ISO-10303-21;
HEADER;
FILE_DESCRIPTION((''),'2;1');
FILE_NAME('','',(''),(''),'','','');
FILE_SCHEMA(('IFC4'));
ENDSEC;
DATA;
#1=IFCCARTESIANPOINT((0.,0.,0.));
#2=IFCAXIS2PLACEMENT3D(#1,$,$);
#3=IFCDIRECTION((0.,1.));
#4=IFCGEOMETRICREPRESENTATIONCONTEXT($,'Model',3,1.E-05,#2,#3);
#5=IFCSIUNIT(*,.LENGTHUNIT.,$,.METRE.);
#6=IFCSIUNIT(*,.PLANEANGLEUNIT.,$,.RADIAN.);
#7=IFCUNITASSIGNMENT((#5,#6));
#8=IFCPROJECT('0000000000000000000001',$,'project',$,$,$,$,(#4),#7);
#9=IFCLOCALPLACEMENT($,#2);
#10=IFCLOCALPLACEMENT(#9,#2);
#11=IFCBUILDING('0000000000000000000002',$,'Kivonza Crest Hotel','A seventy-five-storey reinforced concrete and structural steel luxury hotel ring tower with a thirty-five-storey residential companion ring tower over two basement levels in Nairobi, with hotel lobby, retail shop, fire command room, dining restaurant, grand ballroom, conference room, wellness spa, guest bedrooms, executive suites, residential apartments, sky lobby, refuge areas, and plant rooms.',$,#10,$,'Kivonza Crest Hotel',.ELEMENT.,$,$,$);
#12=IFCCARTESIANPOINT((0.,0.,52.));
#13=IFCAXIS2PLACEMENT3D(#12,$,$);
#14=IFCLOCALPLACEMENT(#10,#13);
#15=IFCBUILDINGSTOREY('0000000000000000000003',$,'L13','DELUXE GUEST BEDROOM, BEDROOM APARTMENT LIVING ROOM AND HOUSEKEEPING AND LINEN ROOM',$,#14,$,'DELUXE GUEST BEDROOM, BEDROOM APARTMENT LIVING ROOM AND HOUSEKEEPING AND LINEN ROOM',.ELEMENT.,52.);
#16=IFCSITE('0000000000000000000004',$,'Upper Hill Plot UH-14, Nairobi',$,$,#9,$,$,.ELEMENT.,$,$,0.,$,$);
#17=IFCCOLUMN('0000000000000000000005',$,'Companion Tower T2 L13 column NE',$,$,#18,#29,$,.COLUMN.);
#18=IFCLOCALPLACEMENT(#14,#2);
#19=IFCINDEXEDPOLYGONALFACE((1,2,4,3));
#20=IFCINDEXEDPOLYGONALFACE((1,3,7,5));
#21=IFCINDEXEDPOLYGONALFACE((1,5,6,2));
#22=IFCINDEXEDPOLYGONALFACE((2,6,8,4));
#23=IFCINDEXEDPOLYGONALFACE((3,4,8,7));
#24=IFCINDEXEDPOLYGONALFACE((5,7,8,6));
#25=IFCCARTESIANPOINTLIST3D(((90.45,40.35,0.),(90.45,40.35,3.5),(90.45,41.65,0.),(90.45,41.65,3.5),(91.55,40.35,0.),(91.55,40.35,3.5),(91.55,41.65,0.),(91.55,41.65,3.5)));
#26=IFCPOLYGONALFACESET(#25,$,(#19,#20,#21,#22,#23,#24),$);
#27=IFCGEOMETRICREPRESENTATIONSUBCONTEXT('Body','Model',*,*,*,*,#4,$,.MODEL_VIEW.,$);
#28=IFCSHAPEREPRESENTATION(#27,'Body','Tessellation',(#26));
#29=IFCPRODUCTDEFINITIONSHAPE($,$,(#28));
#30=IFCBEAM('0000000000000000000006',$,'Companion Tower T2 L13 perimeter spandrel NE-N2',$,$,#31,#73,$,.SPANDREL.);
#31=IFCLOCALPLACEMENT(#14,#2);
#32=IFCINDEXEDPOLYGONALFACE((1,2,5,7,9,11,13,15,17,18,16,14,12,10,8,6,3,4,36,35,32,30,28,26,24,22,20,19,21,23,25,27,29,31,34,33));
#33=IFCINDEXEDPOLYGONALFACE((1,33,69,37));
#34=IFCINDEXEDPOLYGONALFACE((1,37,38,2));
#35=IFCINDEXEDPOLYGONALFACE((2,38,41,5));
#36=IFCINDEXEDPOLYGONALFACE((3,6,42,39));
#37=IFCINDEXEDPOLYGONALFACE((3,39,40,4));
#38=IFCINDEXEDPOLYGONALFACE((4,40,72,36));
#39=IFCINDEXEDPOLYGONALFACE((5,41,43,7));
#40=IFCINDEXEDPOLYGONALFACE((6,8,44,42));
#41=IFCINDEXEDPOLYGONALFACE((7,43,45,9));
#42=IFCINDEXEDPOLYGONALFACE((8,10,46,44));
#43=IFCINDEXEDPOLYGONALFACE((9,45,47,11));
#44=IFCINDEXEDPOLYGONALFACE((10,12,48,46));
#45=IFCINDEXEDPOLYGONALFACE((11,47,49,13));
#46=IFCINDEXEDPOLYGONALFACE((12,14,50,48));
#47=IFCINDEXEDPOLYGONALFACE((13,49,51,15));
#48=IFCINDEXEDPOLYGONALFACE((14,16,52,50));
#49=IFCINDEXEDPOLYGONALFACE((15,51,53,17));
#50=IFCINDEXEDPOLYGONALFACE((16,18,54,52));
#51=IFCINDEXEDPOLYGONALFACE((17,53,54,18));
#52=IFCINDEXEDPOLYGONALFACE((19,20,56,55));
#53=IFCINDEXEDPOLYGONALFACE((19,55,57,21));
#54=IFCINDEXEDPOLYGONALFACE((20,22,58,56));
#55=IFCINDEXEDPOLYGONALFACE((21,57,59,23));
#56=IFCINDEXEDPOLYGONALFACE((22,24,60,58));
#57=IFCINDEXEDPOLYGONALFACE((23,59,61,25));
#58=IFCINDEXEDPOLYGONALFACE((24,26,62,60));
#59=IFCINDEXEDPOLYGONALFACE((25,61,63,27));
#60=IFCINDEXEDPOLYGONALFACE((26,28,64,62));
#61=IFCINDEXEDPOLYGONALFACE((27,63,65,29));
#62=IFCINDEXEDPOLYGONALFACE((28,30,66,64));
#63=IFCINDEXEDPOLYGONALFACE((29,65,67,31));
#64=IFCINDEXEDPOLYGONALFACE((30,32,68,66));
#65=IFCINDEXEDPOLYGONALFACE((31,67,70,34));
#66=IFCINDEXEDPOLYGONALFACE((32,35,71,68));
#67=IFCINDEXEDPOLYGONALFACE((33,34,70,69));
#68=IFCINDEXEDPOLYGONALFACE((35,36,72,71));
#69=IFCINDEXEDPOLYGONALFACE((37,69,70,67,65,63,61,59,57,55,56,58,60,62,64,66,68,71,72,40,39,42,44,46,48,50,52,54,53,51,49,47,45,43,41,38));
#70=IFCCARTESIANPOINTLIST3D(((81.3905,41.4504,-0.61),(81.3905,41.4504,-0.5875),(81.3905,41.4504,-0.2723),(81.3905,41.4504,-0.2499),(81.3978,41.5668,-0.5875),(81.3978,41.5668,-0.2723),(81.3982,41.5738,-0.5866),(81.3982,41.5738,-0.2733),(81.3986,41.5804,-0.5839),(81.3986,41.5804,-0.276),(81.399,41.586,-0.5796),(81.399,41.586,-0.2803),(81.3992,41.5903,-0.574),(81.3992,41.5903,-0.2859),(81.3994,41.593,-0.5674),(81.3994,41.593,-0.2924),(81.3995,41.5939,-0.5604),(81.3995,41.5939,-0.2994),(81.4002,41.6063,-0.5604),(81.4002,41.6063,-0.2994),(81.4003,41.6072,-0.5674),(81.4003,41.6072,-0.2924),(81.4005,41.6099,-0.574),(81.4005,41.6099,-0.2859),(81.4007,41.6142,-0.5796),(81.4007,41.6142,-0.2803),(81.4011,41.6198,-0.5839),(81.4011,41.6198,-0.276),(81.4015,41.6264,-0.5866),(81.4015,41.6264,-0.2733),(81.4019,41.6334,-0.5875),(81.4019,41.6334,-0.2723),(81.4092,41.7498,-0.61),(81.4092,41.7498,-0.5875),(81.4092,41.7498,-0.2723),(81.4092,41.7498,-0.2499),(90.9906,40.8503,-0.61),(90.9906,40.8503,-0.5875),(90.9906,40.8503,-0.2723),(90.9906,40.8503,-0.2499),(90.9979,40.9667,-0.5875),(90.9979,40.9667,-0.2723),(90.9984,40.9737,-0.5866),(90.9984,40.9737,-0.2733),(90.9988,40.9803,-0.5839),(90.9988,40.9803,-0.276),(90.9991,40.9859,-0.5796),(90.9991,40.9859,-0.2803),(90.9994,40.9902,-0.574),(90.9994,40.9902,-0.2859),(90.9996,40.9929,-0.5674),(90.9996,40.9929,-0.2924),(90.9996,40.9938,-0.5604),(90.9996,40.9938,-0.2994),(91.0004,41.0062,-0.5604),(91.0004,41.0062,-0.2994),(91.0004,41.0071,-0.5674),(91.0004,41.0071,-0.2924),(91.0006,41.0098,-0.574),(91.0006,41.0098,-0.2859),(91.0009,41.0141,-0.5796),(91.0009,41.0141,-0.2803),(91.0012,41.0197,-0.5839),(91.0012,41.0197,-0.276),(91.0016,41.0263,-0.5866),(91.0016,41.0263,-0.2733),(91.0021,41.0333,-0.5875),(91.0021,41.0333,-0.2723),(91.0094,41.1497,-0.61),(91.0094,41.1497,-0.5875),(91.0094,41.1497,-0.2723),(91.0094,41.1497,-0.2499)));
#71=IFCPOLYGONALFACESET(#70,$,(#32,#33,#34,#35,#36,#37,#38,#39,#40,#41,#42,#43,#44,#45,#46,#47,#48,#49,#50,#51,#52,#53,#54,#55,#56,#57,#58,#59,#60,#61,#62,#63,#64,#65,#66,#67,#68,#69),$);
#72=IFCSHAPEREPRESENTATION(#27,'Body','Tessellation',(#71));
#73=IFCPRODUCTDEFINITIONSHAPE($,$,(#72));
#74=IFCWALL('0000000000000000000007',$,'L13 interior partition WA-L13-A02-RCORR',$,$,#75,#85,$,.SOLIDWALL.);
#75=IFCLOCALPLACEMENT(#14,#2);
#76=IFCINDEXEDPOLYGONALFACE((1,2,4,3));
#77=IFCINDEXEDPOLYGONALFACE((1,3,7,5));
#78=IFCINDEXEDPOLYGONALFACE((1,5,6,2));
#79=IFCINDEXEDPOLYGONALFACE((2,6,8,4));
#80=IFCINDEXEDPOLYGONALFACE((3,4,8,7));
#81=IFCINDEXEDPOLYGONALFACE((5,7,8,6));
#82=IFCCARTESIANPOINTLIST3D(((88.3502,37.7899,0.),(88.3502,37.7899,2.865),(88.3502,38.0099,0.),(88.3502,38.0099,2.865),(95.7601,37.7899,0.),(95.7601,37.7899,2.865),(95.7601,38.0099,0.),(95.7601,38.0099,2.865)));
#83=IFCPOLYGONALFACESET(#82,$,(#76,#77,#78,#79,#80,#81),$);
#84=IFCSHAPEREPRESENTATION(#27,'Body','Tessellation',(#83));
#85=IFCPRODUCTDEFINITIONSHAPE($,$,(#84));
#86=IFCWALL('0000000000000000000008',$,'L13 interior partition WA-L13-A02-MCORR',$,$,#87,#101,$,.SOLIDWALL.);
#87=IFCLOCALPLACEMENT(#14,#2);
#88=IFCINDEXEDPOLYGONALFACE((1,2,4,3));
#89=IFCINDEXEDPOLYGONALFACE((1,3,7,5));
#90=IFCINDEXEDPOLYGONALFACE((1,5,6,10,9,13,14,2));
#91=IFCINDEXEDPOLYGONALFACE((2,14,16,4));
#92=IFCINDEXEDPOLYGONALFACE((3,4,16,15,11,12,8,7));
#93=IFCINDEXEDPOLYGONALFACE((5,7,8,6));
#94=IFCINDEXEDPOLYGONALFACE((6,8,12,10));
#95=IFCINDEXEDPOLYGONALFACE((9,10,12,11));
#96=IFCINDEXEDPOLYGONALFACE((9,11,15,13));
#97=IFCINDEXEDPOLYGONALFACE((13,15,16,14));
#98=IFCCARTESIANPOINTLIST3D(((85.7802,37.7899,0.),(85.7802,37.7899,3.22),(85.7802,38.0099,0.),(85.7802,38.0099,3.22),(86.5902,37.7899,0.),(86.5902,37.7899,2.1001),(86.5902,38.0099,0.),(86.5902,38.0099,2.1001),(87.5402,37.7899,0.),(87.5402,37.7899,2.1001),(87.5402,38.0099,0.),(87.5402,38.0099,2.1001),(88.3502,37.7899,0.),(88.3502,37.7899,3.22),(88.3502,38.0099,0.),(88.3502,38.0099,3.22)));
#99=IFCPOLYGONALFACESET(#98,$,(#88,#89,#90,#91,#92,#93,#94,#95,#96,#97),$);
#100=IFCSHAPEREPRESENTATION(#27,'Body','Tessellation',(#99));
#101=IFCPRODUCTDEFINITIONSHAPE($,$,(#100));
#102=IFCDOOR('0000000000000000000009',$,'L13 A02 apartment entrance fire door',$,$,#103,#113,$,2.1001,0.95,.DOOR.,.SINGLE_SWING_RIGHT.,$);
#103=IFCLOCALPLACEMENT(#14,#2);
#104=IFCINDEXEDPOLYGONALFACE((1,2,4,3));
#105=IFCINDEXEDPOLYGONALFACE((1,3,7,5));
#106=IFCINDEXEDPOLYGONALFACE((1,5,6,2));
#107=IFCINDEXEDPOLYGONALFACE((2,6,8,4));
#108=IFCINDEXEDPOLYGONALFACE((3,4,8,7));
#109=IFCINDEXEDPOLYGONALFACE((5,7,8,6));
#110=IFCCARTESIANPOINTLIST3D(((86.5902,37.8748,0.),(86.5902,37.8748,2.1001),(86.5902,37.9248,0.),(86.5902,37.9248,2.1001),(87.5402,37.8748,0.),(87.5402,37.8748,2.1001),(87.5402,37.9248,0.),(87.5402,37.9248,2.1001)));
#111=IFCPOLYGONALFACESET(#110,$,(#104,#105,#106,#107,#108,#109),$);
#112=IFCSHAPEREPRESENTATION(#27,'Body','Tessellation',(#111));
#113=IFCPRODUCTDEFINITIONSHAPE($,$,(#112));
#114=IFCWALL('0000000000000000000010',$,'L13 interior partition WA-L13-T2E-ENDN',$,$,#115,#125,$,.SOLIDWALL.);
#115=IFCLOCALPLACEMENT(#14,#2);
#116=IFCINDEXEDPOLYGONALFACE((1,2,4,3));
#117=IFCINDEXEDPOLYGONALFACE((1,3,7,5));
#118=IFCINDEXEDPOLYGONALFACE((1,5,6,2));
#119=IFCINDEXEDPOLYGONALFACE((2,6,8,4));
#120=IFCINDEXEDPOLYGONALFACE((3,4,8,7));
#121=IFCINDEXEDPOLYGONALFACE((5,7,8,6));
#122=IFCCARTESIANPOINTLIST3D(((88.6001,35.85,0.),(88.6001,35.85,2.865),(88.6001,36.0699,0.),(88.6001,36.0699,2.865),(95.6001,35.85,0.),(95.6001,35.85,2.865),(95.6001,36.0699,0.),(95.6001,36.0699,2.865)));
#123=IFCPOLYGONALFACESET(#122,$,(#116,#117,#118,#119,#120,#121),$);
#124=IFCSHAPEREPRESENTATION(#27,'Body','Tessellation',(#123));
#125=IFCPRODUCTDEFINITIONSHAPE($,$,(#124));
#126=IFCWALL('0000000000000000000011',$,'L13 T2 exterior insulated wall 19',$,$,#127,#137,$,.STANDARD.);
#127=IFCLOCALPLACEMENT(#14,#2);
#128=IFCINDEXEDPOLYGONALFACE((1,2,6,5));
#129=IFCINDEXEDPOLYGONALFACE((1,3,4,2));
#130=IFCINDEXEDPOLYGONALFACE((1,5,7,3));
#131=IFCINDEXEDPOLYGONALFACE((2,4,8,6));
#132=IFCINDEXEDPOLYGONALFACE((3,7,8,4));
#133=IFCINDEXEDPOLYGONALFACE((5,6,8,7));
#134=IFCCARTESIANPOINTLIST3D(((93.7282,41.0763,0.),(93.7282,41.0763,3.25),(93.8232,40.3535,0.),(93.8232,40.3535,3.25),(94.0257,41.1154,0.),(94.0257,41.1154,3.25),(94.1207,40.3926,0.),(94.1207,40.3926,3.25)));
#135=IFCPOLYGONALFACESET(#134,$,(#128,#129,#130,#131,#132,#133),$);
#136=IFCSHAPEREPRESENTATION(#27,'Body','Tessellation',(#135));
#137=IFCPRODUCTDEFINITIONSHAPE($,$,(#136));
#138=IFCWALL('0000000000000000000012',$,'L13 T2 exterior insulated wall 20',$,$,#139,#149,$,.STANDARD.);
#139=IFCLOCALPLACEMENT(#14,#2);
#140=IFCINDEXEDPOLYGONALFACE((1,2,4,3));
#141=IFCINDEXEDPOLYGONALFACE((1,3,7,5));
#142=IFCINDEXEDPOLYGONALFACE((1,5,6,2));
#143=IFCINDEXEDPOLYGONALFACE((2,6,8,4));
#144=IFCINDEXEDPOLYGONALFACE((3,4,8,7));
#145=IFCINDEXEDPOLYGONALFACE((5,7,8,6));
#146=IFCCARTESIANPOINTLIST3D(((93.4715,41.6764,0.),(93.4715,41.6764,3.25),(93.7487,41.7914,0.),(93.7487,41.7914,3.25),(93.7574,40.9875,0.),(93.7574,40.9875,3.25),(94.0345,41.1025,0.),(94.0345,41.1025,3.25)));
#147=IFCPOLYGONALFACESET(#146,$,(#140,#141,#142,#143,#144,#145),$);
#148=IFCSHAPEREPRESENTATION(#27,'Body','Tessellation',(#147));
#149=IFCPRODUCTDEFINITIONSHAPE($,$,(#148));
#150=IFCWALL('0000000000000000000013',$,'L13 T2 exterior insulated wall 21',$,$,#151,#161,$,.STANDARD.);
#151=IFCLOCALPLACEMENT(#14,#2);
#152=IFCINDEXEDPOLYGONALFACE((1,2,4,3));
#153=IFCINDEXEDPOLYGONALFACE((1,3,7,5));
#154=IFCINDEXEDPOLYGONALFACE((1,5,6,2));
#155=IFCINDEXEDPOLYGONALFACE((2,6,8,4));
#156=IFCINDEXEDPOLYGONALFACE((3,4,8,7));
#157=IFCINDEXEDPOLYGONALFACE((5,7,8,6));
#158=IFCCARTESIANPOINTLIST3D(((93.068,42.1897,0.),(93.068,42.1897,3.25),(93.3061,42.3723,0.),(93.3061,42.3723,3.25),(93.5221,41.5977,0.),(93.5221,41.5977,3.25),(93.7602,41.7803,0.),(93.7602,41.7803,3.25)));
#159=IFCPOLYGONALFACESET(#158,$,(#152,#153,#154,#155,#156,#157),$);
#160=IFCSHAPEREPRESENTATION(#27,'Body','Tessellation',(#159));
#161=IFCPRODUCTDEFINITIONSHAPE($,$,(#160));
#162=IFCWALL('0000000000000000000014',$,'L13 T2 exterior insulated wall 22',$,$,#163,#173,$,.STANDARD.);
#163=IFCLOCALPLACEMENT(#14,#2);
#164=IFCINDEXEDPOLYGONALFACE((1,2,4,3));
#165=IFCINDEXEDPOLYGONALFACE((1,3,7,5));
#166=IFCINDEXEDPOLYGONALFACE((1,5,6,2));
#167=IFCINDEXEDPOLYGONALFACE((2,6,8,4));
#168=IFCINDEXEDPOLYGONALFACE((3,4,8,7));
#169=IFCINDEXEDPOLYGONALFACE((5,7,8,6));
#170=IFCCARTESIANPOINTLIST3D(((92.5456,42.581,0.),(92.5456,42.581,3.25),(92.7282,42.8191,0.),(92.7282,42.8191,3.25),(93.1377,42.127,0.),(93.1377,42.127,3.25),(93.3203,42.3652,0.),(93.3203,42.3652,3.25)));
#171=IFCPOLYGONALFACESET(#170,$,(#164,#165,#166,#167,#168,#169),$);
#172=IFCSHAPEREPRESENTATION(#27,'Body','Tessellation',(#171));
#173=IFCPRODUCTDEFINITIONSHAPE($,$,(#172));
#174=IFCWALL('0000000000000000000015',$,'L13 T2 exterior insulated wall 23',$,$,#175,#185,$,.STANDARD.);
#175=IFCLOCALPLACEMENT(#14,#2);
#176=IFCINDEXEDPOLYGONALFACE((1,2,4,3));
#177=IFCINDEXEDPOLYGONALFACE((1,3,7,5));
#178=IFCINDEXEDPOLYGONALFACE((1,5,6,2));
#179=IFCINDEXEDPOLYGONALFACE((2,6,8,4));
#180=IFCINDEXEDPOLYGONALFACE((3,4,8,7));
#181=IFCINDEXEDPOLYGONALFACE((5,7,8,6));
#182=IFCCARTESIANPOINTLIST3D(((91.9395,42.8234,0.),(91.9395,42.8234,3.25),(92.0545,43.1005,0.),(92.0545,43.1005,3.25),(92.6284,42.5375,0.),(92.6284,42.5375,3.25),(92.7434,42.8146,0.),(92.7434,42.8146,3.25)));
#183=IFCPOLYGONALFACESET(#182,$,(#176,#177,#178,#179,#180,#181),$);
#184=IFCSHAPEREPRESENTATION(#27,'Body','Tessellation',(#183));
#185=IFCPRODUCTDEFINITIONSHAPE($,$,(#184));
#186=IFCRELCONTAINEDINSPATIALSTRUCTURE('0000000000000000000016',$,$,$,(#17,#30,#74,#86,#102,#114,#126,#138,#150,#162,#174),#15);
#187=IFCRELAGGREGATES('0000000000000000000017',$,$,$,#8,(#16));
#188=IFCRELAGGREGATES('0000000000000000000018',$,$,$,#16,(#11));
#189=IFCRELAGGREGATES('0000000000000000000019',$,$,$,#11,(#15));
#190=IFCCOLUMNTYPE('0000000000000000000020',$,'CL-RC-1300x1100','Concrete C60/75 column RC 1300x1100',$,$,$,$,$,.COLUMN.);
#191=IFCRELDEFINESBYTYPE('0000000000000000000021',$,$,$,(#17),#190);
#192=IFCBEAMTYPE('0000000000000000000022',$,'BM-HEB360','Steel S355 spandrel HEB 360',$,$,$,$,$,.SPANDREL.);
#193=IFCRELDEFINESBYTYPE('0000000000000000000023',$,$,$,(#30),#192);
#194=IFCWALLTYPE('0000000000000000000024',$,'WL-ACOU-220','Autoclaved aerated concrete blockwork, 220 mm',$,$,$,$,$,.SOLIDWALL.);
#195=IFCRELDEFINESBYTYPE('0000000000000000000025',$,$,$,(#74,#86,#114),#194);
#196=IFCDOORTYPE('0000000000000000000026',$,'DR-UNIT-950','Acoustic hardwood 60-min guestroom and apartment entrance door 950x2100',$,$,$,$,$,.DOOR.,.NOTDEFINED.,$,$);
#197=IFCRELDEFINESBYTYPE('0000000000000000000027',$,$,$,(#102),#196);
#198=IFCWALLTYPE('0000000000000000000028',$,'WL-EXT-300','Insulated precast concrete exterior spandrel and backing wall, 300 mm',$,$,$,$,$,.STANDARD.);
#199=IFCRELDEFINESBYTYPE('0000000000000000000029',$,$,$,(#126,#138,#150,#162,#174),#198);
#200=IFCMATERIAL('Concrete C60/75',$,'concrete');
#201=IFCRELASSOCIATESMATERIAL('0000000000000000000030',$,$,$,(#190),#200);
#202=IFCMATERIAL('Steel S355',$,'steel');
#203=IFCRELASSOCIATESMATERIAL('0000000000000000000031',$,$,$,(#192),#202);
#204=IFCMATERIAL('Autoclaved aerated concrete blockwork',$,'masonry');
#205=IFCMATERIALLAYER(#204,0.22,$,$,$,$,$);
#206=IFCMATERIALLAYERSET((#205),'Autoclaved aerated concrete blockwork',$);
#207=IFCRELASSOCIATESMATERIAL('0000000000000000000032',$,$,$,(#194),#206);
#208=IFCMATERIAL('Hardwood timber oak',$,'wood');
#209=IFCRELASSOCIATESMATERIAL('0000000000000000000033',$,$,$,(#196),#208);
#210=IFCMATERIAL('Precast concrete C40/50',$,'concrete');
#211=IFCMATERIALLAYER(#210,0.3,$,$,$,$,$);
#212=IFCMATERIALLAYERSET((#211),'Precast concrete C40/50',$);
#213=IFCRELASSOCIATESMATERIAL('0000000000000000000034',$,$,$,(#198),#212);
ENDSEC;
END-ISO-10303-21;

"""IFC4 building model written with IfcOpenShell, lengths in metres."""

from ifc_helpers import new_model, si_unit, direction, frame, frame_2d, origin, origin_2d, place, context, subcontext, project, spatial, rectangle, i_section, extrude, material, layer, layer_set, material_profile, profile_set, type_object, element, fill, save


model = new_model("IFC4")

# Units and contexts
model_context = context("Model", 3, precision=1e-05, world=origin(), true_north=direction((0.0, 1.0)))
body_context = subcontext(model_context, "Body", "Model", "MODEL_VIEW")
ifc_project = project(units=[si_unit("LENGTHUNIT", "METRE"), si_unit("PLANEANGLEUNIT", "RADIAN")], contexts=[model_context])

# Site, building, storey
site_placement = place(None, origin())
site = spatial("IfcSite", under=ifc_project, at=site_placement, Name="Upper Hill Plot UH-14, Nairobi", CompositionType="ELEMENT", RefElevation=0.0)
building_placement = place(site_placement, origin())
building = spatial("IfcBuilding", under=site, at=building_placement, Name="Kivonza Crest Hotel", Description="A seventy-five-storey reinforced concrete and structural steel luxury hotel ring tower with a thirty-five-storey residential companion ring tower over two basement levels in Nairobi, with hotel lobby, retail shop, fire command room, dining restaurant, grand ballroom, conference room, wellness spa, guest bedrooms, executive suites, residential apartments, sky lobby, refuge areas, and plant rooms.", LongName="Kivonza Crest Hotel", CompositionType="ELEMENT")
storey_placement = place(building_placement, frame((0.0, 0.0, 52.0)))
storey = spatial("IfcBuildingStorey", under=building, at=storey_placement, Name="L13", Description="DELUXE GUEST BEDROOM, BEDROOM APARTMENT LIVING ROOM AND HOUSEKEEPING AND LINEN ROOM", LongName="DELUXE GUEST BEDROOM, BEDROOM APARTMENT LIVING ROOM AND HOUSEKEEPING AND LINEN ROOM", CompositionType="ELEMENT", Elevation=52.0)

# Column
ifc_material_1 = material(Name="Concrete C60/75", Category="concrete")
ifc_material_profile_1 = material_profile(ifc_material_1, rectangle(XDim=1.1001, YDim=1.3, at=origin_2d()), Name="RC 1300x1100")
ifc_profile_set_1 = profile_set([ifc_material_profile_1], Name="Concrete C60/75")
column_type = type_object("IfcColumnType", Name="CL-RC-1300x1100", Description="Concrete C60/75 column RC 1300x1100", PredefinedType="COLUMN", material=ifc_profile_set_1)
column_placement = place(storey_placement, frame((91.0, 41.0, 0.0), z_axis=(0.0, 0.0, 1.0), x_axis=(1.0, 0.0, 0.0)))
element("IfcColumn", 1, at=column_placement, inside=storey, type_object=column_type, Name="Companion Tower T2 L13 column NE", PredefinedType="COLUMN", context=body_context, shape_type="SweptSolid", body=[
    extrude(rectangle(XDim=1.1001, YDim=1.3, at=origin_2d()), origin(), (0.0, 0.0, 1.0), 3.5),
])

# Beam
ifc_material_2 = material(Name="Steel S355", Category="steel")
ifc_material_profile_2 = material_profile(ifc_material_2, i_section(OverallWidth=0.3, OverallDepth=0.3601, WebThickness=0.0125, FlangeThickness=0.0225, FilletRadius=0.0271, at=origin_2d()), Name="HEB 360")
ifc_profile_set_2 = profile_set([ifc_material_profile_2], Name="Steel S355")
beam_type = type_object("IfcBeamType", Name="BM-HEB360", Description="Steel S355 spandrel HEB 360", PredefinedType="SPANDREL", material=ifc_profile_set_2)
beam_placement = place(storey_placement, frame((91.0, 41.0, -0.4299), z_axis=(-0.998052, 0.062388, 0.0), x_axis=(-0.062388, -0.998052, 0.0)))
element("IfcBeam", 2, at=beam_placement, inside=storey, type_object=beam_type, Name="Companion Tower T2 L13 perimeter spandrel NE-N2", PredefinedType="SPANDREL", context=body_context, shape_type="SweptSolid", body=[
    extrude(i_section(OverallWidth=0.3, OverallDepth=0.3601, WebThickness=0.0125, FlangeThickness=0.0225, FilletRadius=0.0271, at=origin_2d()), origin(), (0.0, 0.0, 1.0), 9.6189),
])

# Wall
ifc_material_3 = material(Name="Autoclaved aerated concrete blockwork", Category="masonry")
ifc_layer_1 = layer(ifc_material_3, 0.22)
ifc_layer_set_1 = layer_set([ifc_layer_1], Name="Autoclaved aerated concrete blockwork")
wall_type_1 = type_object("IfcWallType", Name="WL-ACOU-220", Description="Autoclaved aerated concrete blockwork, 220 mm", PredefinedType="SOLIDWALL", material=ifc_layer_set_1)
wall_1_placement = place(storey_placement, frame((88.3501, 37.8999, 0.0), z_axis=(0.0, 0.0, 1.0), x_axis=(1.0, 0.0, 0.0)))
element("IfcWall", 3, at=wall_1_placement, inside=storey, type_object=wall_type_1, Name="L13 interior partition WA-L13-A02-RCORR", PredefinedType="SOLIDWALL", context=body_context, shape_type="SweptSolid", body=[
    extrude(rectangle(XDim=7.4099, YDim=0.22, at=frame_2d((3.7051, 0.0))), origin(), (0.0, 0.0, 1.0), 2.865),
])

# Wall, opening, door
wall_2_placement = place(storey_placement, frame((85.78, 37.8999, 0.0), z_axis=(0.0, 0.0, 1.0), x_axis=(1.0, 0.0, 0.0)))
wall_2 = element("IfcWall", 4, at=wall_2_placement, inside=storey, type_object=wall_type_1, Name="L13 interior partition WA-L13-A02-MCORR", PredefinedType="SOLIDWALL", context=body_context, shape_type="SweptSolid", body=[
    extrude(rectangle(XDim=2.5701, YDim=0.22, at=frame_2d((1.2852, 0.0))), origin(), (0.0, 0.0, 1.0), 3.22),
])
opening_1_placement = place(wall_2_placement, frame((0.8101, 0.0, 0.0)))
opening_1 = element("IfcOpeningElement", 5, at=opening_1_placement, cuts=wall_2, PredefinedType="OPENING", context=body_context, shape_type="SweptSolid", body=[
    extrude(rectangle(XDim=0.95, YDim=2.1001, at=frame_2d((0.4751, 1.05))), frame((0.0, 0.1201, 0.0), z_axis=(0.0, -1.0, 0.0), x_axis=(1.0, 0.0, 0.0)), (0.0, 0.0, 1.0), 0.24),
])
ifc_material_4 = material(Name="Hardwood timber oak", Category="wood")
door_type_1 = type_object("IfcDoorType", Name="DR-UNIT-950", Description="Acoustic hardwood 60-min guestroom and apartment entrance door 950x2100", OperationType="NOTDEFINED", PredefinedType="DOOR", material=ifc_material_4)
door_1_placement = place(opening_1_placement, origin())
door_1 = element("IfcDoor", 6, at=door_1_placement, inside=storey, type_object=door_type_1, Name="L13 A02 apartment entrance fire door", OperationType="SINGLE_SWING_RIGHT", OverallHeight=2.1001, OverallWidth=0.95, PredefinedType="DOOR", context=body_context, shape_type="SweptSolid", body=[
    extrude(rectangle(XDim=0.95, YDim=2.1001, at=frame_2d((0.4751, 1.05))), frame((0.0, 0.0249, 0.0), z_axis=(0.0, -1.0, 0.0), x_axis=(1.0, 0.0, 0.0)), (0.0, 0.0, 1.0), 0.05),
])
fill(opening_1, door_1)

# Walls
wall_3_placement = place(storey_placement, frame((88.6001, 35.96, 0.0), z_axis=(0.0, 0.0, 1.0), x_axis=(1.0, 0.0, 0.0)))
element("IfcWall", 7, at=wall_3_placement, inside=storey, type_object=wall_type_1, Name="L13 interior partition WA-L13-T2E-ENDN", PredefinedType="SOLIDWALL", context=body_context, shape_type="SweptSolid", body=[
    extrude(rectangle(XDim=7.0, YDim=0.22, at=frame_2d((3.5, 0.0))), origin(), (0.0, 0.0, 1.0), 2.865),
])
ifc_material_5 = material(Name="Precast concrete C40/50", Category="concrete")
ifc_layer_2 = layer(ifc_material_5, 0.3)
ifc_layer_set_2 = layer_set([ifc_layer_2], Name="Precast concrete C40/50")
wall_type_2 = type_object("IfcWallType", Name="WL-EXT-300", Description="Insulated precast concrete exterior spandrel and backing wall, 300 mm", PredefinedType="STANDARD", material=ifc_layer_set_2)
wall_4_placement = place(storey_placement, frame((93.9719, 40.373, 0.0), z_axis=(0.0, 0.0, 1.0), x_axis=(-0.130255, 0.99148, 0.0)))
element("IfcWall", 8, at=wall_4_placement, inside=storey, type_object=wall_type_2, Name="L13 T2 exterior insulated wall 19", PredefinedType="STANDARD", context=body_context, shape_type="SweptSolid", body=[
    extrude(rectangle(XDim=0.729, YDim=0.3, at=frame_2d((0.3645, 0.0))), origin(), (0.0, 0.0, 1.0), 3.25),
])
wall_5_placement = place(storey_placement, frame((93.896, 41.0449, 0.0), z_axis=(0.0, 0.0, 1.0), x_axis=(-0.383267, 0.923638, 0.0)))
element("IfcWall", 9, at=wall_5_placement, inside=storey, type_object=wall_type_2, Name="L13 T2 exterior insulated wall 20", PredefinedType="STANDARD", context=body_context, shape_type="SweptSolid", body=[
    extrude(rectangle(XDim=0.7458, YDim=0.3, at=frame_2d((0.373, 0.0))), origin(), (0.0, 0.0, 1.0), 3.25),
])
for number, where, z_axis, x_axis, name in (
    (10, (93.6411, 41.689, 0.0), (0.0, 0.0, 1.0), (-0.608603, 0.793475, 0.0), "L13 T2 exterior insulated wall 21"),
    (11, (93.229, 42.2461, 0.0), (0.0, 0.0, 1.0), (-0.793633, 0.608397, 0.0), "L13 T2 exterior insulated wall 22"),
):
    element("IfcWall", number, at=place(storey_placement, frame(where, z_axis=z_axis, x_axis=x_axis)), inside=storey, type_object=wall_type_2, Name=name, PredefinedType="STANDARD", context=body_context, shape_type="SweptSolid", body=[
        extrude(rectangle(XDim=0.7461, YDim=0.3, at=frame_2d((0.373, 0.0))), origin(), (0.0, 0.0, 1.0), 3.25),
    ])
wall_6_placement = place(storey_placement, frame((92.686, 42.676, 0.0), z_axis=(0.0, 0.0, 1.0), x_axis=(-0.923638, 0.383267, 0.0)))
element("IfcWall", 12, at=wall_6_placement, inside=storey, type_object=wall_type_2, Name="L13 T2 exterior insulated wall 23", PredefinedType="STANDARD", context=body_context, shape_type="SweptSolid", body=[
    extrude(rectangle(XDim=0.7458, YDim=0.3, at=frame_2d((0.373, 0.0))), origin(), (0.0, 0.0, 1.0), 3.25),
])

save(model, "model.ifc")
